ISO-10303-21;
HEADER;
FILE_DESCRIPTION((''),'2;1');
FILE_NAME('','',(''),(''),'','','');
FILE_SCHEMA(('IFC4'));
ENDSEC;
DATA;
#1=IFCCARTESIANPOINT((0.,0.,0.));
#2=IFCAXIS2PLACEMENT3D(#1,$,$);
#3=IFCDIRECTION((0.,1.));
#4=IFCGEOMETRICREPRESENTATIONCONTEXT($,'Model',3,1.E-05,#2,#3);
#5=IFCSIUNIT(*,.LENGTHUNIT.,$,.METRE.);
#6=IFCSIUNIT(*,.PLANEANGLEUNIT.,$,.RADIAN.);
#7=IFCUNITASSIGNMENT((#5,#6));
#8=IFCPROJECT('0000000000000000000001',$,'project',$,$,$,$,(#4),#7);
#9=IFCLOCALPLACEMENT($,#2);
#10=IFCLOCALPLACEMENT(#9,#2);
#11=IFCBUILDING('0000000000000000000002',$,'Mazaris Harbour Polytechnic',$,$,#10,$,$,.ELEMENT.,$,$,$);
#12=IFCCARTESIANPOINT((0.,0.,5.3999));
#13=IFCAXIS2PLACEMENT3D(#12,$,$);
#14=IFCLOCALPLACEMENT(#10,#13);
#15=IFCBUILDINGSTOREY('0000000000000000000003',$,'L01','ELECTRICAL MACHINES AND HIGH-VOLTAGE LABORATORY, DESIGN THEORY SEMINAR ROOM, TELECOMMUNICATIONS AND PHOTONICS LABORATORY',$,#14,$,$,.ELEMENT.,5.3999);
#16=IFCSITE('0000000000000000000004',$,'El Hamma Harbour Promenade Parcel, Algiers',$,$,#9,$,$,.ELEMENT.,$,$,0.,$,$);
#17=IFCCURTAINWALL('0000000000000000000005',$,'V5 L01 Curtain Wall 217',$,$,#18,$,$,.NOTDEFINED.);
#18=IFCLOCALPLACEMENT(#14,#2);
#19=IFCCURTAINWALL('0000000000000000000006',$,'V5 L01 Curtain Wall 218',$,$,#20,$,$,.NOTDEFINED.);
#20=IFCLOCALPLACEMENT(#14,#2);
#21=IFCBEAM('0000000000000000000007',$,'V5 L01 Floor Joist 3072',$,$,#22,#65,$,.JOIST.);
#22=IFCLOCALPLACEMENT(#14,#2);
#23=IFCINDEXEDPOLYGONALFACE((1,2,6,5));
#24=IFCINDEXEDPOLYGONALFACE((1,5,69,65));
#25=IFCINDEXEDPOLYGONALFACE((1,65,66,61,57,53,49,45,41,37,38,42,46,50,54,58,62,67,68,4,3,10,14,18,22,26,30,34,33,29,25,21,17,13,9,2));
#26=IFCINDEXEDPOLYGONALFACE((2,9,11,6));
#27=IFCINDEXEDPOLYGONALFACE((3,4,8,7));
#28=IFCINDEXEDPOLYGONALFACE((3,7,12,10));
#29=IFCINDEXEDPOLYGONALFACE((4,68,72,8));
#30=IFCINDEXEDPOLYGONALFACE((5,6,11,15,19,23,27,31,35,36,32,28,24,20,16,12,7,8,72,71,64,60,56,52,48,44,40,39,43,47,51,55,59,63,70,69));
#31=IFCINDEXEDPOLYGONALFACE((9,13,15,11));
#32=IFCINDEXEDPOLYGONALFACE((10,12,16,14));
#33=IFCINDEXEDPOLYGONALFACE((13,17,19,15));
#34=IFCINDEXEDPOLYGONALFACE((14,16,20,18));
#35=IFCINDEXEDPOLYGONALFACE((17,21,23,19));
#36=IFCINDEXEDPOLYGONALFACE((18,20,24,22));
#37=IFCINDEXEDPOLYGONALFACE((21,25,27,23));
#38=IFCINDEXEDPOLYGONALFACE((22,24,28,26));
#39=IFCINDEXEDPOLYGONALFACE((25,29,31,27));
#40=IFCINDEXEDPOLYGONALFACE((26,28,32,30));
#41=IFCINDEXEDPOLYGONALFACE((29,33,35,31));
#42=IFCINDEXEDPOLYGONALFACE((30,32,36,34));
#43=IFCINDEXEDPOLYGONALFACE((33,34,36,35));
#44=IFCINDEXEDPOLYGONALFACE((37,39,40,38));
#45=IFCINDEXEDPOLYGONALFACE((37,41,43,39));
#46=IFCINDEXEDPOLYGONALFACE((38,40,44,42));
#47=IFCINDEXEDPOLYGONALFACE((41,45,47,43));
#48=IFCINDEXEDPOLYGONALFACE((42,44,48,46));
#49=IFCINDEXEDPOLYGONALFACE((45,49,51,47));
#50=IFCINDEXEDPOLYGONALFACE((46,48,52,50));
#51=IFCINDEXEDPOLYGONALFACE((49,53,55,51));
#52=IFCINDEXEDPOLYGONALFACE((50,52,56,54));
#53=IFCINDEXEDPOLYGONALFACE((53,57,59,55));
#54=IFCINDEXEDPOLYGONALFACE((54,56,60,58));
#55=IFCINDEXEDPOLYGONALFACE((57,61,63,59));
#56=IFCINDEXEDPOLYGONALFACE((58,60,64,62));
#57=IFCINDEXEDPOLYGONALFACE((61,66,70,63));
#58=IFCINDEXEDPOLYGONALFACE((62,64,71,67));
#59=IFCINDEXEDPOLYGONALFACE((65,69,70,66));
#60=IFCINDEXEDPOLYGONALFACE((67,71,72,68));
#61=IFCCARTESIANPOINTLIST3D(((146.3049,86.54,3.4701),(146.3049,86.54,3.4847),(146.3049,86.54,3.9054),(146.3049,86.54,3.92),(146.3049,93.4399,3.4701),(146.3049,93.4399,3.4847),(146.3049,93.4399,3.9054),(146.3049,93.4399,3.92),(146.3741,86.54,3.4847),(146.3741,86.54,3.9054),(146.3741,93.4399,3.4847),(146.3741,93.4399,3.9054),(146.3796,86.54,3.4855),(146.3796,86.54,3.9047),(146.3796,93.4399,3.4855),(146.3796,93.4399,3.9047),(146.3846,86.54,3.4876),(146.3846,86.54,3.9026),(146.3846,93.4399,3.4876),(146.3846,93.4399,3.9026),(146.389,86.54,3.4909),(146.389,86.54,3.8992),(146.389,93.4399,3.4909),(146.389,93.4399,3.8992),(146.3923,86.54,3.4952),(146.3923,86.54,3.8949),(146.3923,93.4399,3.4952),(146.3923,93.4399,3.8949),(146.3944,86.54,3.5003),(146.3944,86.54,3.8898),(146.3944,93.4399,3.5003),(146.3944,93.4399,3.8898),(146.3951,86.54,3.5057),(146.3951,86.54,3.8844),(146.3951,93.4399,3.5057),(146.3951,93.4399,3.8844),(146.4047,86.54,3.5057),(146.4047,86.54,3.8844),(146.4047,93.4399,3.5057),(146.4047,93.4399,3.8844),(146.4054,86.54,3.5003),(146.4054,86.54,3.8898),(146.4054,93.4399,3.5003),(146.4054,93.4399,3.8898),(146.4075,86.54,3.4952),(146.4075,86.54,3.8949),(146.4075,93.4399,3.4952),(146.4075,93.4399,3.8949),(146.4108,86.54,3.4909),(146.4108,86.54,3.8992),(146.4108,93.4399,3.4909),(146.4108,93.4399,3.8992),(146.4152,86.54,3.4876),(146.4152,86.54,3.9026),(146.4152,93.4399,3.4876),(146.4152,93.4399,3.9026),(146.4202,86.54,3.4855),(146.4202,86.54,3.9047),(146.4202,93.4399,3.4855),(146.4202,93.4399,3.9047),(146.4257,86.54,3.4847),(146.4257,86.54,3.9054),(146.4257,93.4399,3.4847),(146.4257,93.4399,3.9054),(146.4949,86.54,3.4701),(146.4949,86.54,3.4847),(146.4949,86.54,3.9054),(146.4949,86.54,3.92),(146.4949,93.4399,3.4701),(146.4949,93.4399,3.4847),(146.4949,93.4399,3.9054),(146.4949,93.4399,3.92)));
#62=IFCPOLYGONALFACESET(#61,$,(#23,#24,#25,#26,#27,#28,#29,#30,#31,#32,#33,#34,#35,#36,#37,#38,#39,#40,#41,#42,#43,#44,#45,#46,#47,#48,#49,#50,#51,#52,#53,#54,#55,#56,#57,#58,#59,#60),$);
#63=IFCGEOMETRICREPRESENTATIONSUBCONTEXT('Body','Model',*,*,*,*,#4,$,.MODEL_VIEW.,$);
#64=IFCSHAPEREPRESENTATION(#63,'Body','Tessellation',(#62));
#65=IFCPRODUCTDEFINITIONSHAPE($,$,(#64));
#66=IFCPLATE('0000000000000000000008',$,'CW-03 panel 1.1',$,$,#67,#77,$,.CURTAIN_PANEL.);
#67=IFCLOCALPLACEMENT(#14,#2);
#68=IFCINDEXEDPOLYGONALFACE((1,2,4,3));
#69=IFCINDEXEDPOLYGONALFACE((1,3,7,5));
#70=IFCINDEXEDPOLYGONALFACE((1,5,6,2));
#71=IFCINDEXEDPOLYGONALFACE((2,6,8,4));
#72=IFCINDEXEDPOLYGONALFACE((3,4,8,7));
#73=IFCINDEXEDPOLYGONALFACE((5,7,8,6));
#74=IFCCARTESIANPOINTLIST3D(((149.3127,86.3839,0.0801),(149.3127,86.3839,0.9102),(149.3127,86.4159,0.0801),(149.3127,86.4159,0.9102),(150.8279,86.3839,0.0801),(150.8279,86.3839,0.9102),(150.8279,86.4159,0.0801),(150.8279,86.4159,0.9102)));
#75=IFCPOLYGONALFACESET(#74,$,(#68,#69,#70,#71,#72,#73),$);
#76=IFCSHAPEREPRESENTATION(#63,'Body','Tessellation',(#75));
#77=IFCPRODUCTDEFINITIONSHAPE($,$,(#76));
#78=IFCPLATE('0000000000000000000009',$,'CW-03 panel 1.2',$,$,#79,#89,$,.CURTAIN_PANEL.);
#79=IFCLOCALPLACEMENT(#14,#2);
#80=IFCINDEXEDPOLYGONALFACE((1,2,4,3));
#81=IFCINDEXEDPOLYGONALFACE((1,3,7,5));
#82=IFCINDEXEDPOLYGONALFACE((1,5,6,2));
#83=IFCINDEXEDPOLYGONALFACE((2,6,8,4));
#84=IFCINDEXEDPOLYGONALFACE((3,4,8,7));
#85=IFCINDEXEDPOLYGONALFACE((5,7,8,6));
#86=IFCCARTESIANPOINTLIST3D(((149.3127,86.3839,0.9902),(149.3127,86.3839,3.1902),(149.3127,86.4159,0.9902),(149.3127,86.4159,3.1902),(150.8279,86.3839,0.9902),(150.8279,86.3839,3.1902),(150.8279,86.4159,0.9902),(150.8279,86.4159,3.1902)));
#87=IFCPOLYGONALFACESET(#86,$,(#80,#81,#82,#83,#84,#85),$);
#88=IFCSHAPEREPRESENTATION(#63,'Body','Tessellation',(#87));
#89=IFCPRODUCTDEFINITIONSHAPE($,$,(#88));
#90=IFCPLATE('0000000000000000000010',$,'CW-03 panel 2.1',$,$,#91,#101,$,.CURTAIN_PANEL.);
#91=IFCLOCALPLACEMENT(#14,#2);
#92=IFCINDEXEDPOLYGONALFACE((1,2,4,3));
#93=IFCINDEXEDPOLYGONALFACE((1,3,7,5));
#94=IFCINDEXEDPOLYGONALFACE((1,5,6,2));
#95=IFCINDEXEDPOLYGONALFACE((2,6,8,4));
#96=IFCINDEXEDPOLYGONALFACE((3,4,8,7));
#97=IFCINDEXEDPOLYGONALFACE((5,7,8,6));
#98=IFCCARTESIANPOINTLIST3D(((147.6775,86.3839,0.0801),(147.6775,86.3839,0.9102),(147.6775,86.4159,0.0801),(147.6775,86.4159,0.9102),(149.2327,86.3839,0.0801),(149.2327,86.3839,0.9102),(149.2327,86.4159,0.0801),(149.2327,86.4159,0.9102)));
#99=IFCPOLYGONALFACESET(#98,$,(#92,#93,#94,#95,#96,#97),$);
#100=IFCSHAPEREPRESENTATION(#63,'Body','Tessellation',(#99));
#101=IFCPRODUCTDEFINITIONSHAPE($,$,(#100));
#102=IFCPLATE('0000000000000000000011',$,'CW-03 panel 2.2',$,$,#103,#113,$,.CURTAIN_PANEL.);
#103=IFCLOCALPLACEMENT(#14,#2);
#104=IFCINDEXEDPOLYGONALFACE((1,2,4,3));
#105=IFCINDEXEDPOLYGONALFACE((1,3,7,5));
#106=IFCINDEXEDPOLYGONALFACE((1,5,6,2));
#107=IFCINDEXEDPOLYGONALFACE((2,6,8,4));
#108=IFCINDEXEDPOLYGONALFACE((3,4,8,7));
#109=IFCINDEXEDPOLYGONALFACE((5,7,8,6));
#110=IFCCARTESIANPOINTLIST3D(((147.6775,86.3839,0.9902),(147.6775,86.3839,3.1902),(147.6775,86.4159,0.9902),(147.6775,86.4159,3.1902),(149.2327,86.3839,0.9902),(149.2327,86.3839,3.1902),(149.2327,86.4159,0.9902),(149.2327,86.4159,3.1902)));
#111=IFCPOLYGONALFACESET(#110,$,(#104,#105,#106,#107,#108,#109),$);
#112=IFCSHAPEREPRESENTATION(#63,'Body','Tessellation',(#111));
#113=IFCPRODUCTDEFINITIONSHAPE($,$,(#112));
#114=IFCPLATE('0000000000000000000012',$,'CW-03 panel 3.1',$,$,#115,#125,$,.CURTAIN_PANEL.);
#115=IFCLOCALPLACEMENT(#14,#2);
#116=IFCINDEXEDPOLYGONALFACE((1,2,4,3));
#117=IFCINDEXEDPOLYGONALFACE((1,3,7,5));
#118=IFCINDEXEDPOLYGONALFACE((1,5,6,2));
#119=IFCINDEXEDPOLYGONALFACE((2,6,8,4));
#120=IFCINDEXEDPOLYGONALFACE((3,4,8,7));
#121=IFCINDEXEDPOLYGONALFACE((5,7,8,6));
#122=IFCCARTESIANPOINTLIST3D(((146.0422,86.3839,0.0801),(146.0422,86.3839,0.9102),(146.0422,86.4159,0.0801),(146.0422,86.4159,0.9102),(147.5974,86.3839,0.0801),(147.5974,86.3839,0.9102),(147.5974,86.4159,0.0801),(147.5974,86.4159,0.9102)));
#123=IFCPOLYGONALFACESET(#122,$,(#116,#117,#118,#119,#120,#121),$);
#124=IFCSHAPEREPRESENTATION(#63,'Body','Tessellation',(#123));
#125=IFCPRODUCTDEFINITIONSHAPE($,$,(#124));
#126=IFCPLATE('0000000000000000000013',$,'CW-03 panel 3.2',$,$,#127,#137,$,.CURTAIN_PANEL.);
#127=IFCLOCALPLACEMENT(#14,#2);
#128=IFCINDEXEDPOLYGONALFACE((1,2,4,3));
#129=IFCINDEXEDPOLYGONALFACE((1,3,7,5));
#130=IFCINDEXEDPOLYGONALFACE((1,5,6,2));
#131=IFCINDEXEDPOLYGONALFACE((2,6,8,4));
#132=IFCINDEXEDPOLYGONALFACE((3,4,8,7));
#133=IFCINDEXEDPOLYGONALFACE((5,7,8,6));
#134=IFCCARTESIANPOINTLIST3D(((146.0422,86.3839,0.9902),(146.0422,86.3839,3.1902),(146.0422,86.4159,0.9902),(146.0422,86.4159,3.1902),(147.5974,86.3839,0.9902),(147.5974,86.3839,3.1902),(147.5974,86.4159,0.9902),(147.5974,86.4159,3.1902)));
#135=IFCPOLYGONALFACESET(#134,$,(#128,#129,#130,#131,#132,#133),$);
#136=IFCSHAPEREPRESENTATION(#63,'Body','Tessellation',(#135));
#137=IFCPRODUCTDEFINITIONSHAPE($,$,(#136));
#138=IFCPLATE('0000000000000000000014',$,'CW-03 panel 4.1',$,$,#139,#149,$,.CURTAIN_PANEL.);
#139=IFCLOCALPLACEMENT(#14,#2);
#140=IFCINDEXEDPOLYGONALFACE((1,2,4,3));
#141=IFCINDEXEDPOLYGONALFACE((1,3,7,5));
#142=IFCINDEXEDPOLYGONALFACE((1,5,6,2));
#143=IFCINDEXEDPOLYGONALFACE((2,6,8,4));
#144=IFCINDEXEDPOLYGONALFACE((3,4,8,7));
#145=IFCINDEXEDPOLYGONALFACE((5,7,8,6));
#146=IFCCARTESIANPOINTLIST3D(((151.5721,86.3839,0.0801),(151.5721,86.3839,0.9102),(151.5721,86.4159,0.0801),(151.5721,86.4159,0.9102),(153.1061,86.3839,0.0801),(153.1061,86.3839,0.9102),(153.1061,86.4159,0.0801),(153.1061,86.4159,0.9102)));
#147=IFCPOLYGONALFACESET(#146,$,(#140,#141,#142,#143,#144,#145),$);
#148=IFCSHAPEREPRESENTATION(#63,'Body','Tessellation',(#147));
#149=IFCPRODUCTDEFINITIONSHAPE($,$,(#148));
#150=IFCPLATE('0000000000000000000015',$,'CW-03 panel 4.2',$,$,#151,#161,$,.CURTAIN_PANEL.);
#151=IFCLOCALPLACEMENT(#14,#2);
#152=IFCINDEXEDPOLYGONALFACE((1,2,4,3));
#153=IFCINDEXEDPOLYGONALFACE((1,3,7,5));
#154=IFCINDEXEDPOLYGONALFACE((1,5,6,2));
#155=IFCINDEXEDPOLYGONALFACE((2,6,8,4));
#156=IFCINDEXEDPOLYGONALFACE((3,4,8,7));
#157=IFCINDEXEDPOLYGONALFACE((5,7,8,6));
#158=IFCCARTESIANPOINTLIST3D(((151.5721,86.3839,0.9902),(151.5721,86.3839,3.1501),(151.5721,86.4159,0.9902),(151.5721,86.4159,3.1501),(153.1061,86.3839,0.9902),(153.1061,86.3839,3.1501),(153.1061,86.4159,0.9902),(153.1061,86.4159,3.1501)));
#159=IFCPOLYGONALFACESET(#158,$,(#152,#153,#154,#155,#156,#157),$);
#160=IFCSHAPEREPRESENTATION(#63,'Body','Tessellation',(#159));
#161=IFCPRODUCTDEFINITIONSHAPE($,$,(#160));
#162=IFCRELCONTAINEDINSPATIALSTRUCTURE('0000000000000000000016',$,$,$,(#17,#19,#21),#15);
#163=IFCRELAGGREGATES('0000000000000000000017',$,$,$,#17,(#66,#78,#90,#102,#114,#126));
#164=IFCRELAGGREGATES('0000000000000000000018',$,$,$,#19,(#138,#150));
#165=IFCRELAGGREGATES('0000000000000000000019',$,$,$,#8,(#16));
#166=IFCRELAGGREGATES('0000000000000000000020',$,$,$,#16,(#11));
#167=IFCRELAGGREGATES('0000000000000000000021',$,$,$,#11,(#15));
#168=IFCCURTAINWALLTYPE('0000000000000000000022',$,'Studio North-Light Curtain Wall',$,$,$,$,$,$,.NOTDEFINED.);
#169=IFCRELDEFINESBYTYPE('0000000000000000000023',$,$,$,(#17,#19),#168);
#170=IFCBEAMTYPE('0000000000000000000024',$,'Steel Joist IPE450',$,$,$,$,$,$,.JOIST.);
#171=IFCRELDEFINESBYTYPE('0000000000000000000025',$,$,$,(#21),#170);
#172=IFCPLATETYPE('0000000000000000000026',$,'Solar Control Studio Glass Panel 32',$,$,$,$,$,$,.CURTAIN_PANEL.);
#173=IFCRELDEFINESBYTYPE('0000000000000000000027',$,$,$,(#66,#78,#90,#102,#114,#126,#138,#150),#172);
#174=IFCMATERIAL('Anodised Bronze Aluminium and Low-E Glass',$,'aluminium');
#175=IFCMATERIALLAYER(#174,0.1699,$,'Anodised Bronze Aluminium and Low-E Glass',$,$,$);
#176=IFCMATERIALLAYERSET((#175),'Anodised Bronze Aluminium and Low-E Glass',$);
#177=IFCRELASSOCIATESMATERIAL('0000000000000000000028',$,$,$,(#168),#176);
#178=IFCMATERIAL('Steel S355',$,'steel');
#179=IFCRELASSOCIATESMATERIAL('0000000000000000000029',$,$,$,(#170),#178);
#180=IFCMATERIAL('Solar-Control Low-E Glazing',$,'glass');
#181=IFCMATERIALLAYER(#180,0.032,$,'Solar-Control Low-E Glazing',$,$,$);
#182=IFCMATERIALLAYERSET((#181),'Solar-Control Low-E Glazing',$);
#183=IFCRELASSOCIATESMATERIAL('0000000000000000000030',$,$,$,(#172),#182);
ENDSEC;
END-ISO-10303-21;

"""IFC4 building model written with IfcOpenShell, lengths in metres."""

from ifc_helpers import new_model, si_unit, direction, frame, origin, origin_2d, place, context, subcontext, project, spatial, rectangle, i_section, extrude, material, layer, layer_set, material_profile, profile_set, type_object, element, aggregate, save


model = new_model("IFC4")

# Units and contexts
model_context = context("Model", 3, precision=1e-05, world=origin(), true_north=direction((0.0, 1.0)))
body_context = subcontext(model_context, "Body", "Model", "MODEL_VIEW")
ifc_project = project(units=[si_unit("LENGTHUNIT", "METRE"), si_unit("PLANEANGLEUNIT", "RADIAN")], contexts=[model_context])

# Site, building, storey
site_placement = place(None, origin())
site = spatial("IfcSite", under=ifc_project, at=site_placement, Name="El Hamma Harbour Promenade Parcel, Algiers", CompositionType="ELEMENT", RefElevation=0.0)
building_placement = place(site_placement, origin())
building = spatial("IfcBuilding", under=site, at=building_placement, Name="Mazaris Harbour Polytechnic", CompositionType="ELEMENT")
storey_placement = place(building_placement, frame((0.0, 0.0, 5.3999)))
storey = spatial("IfcBuildingStorey", under=building, at=storey_placement, Name="L01", Description="ELECTRICAL MACHINES AND HIGH-VOLTAGE LABORATORY, DESIGN THEORY SEMINAR ROOM, TELECOMMUNICATIONS AND PHOTONICS LABORATORY", CompositionType="ELEMENT", Elevation=5.3999)

# Curtain walls
ifc_material_1 = material(Name="Anodised Bronze Aluminium and Low-E Glass", Category="aluminium")
ifc_layer_1 = layer(ifc_material_1, 0.1699, Name="Anodised Bronze Aluminium and Low-E Glass")
ifc_layer_set_1 = layer_set([ifc_layer_1], Name="Anodised Bronze Aluminium and Low-E Glass")
curtain_wall_type = type_object("IfcCurtainWallType", Name="Studio North-Light Curtain Wall", PredefinedType="NOTDEFINED", material=ifc_layer_set_1)
curtain_wall_1_placement = place(storey_placement, origin())
curtain_wall_1 = element("IfcCurtainWall", 1, at=curtain_wall_1_placement, inside=storey, type_object=curtain_wall_type, Name="V5 L01 Curtain Wall 217", PredefinedType="NOTDEFINED")
curtain_wall_2_placement = place(storey_placement, origin())
curtain_wall_2 = element("IfcCurtainWall", 2, at=curtain_wall_2_placement, inside=storey, type_object=curtain_wall_type, Name="V5 L01 Curtain Wall 218", PredefinedType="NOTDEFINED")

# Beam
ifc_material_2 = material(Name="Steel S355", Category="steel")
ifc_material_profile_1 = material_profile(ifc_material_2, i_section(OverallWidth=0.1899, OverallDepth=0.45, WebThickness=0.0095, FlangeThickness=0.0146, FilletRadius=0.021, at=origin_2d()), Name="IPE 450")
ifc_profile_set_1 = profile_set([ifc_material_profile_1], Name="Steel S355")
beam_type_1 = type_object("IfcBeamType", Name="Steel Joist IPE450", PredefinedType="JOIST", material=ifc_profile_set_1)
beam_1_placement = place(storey_placement, frame((146.3999, 86.54, 3.6951), z_axis=(0.0, 1.0, 0.0), x_axis=(-1.0, 0.0, 0.0)))
element("IfcBeam", 3, at=beam_1_placement, inside=storey, type_object=beam_type_1, Name="V5 L01 Floor Joist 3072", PredefinedType="JOIST", context=body_context, shape_type="SweptSolid", body=[
    extrude(i_section(OverallWidth=0.1899, OverallDepth=0.45, WebThickness=0.0095, FlangeThickness=0.0146, FilletRadius=0.021, at=origin_2d()), origin(), (0.0, 0.0, 1.0), 6.8999),
])

# Plates
ifc_material_3 = material(Name="Solar-Control Low-E Glazing", Category="glass")
ifc_layer_2 = layer(ifc_material_3, 0.032, Name="Solar-Control Low-E Glazing")
ifc_layer_set_2 = layer_set([ifc_layer_2], Name="Solar-Control Low-E Glazing")
plate_type = type_object("IfcPlateType", Name="Solar Control Studio Glass Panel 32", PredefinedType="CURTAIN_PANEL", material=ifc_layer_set_2)
plate_1_placement = place(storey_placement, frame((150.0703, 86.3999, 0.0801), z_axis=(0.0, 0.0, 1.0), x_axis=(-1.0, 0.0, 0.0)))
plate_1 = element("IfcPlate", 4, at=plate_1_placement, type_object=plate_type, Name="CW-03 panel 1.1", PredefinedType="CURTAIN_PANEL", context=body_context, shape_type="SweptSolid", body=[
    extrude(rectangle(XDim=1.5151, YDim=0.032, at=origin_2d()), origin(), (0.0, 0.0, 1.0), 0.8301),
])
plate_2_placement = place(storey_placement, frame((150.0703, 86.3999, 0.9902), z_axis=(0.0, 0.0, 1.0), x_axis=(-1.0, 0.0, 0.0)))
plate_2 = element("IfcPlate", 5, at=plate_2_placement, type_object=plate_type, Name="CW-03 panel 1.2", PredefinedType="CURTAIN_PANEL", context=body_context, shape_type="SweptSolid", body=[
    extrude(rectangle(XDim=1.5151, YDim=0.032, at=origin_2d()), origin(), (0.0, 0.0, 1.0), 2.2),
])
plate_3_placement = place(storey_placement, frame((148.4551, 86.3999, 0.0801), z_axis=(0.0, 0.0, 1.0), x_axis=(-1.0, 0.0, 0.0)))
plate_3 = element("IfcPlate", 6, at=plate_3_placement, type_object=plate_type, Name="CW-03 panel 2.1", PredefinedType="CURTAIN_PANEL", context=body_context, shape_type="SweptSolid", body=[
    extrude(rectangle(XDim=1.5552, YDim=0.032, at=origin_2d()), origin(), (0.0, 0.0, 1.0), 0.8301),
])
plate_4_placement = place(storey_placement, frame((148.4551, 86.3999, 0.9902), z_axis=(0.0, 0.0, 1.0), x_axis=(-1.0, 0.0, 0.0)))
plate_4 = element("IfcPlate", 7, at=plate_4_placement, type_object=plate_type, Name="CW-03 panel 2.2", PredefinedType="CURTAIN_PANEL", context=body_context, shape_type="SweptSolid", body=[
    extrude(rectangle(XDim=1.5552, YDim=0.032, at=origin_2d()), origin(), (0.0, 0.0, 1.0), 2.2),
])
plate_5_placement = place(storey_placement, frame((146.8198, 86.3999, 0.0801), z_axis=(0.0, 0.0, 1.0), x_axis=(-1.0, 0.0, 0.0)))
plate_5 = element("IfcPlate", 8, at=plate_5_placement, type_object=plate_type, Name="CW-03 panel 3.1", PredefinedType="CURTAIN_PANEL", context=body_context, shape_type="SweptSolid", body=[
    extrude(rectangle(XDim=1.5552, YDim=0.032, at=origin_2d()), origin(), (0.0, 0.0, 1.0), 0.8301),
])
plate_6_placement = place(storey_placement, frame((146.8198, 86.3999, 0.9902), z_axis=(0.0, 0.0, 1.0), x_axis=(-1.0, 0.0, 0.0)))
plate_6 = element("IfcPlate", 9, at=plate_6_placement, type_object=plate_type, Name="CW-03 panel 3.2", PredefinedType="CURTAIN_PANEL", context=body_context, shape_type="SweptSolid", body=[
    extrude(rectangle(XDim=1.5552, YDim=0.032, at=origin_2d()), origin(), (0.0, 0.0, 1.0), 2.2),
])
aggregate(curtain_wall_1, [plate_1, plate_2, plate_3, plate_4, plate_5, plate_6])
plate_7_placement = place(storey_placement, frame((152.3391, 86.3999, 0.0801), z_axis=(0.0, 0.0, 1.0), x_axis=(-1.0, 0.0, 0.0)))
plate_7 = element("IfcPlate", 10, at=plate_7_placement, type_object=plate_type, Name="CW-03 panel 4.1", PredefinedType="CURTAIN_PANEL", context=body_context, shape_type="SweptSolid", body=[
    extrude(rectangle(XDim=1.5339, YDim=0.032, at=origin_2d()), origin(), (0.0, 0.0, 1.0), 0.8301),
])
plate_8_placement = place(storey_placement, frame((152.3391, 86.3999, 0.9902), z_axis=(0.0, 0.0, 1.0), x_axis=(-1.0, 0.0, 0.0)))
plate_8 = element("IfcPlate", 11, at=plate_8_placement, type_object=plate_type, Name="CW-03 panel 4.2", PredefinedType="CURTAIN_PANEL", context=body_context, shape_type="SweptSolid", body=[
    extrude(rectangle(XDim=1.5339, YDim=0.032, at=origin_2d()), origin(), (0.0, 0.0, 1.0), 2.1599),
])
aggregate(curtain_wall_2, [plate_7, plate_8])

save(model, "model.ifc")
